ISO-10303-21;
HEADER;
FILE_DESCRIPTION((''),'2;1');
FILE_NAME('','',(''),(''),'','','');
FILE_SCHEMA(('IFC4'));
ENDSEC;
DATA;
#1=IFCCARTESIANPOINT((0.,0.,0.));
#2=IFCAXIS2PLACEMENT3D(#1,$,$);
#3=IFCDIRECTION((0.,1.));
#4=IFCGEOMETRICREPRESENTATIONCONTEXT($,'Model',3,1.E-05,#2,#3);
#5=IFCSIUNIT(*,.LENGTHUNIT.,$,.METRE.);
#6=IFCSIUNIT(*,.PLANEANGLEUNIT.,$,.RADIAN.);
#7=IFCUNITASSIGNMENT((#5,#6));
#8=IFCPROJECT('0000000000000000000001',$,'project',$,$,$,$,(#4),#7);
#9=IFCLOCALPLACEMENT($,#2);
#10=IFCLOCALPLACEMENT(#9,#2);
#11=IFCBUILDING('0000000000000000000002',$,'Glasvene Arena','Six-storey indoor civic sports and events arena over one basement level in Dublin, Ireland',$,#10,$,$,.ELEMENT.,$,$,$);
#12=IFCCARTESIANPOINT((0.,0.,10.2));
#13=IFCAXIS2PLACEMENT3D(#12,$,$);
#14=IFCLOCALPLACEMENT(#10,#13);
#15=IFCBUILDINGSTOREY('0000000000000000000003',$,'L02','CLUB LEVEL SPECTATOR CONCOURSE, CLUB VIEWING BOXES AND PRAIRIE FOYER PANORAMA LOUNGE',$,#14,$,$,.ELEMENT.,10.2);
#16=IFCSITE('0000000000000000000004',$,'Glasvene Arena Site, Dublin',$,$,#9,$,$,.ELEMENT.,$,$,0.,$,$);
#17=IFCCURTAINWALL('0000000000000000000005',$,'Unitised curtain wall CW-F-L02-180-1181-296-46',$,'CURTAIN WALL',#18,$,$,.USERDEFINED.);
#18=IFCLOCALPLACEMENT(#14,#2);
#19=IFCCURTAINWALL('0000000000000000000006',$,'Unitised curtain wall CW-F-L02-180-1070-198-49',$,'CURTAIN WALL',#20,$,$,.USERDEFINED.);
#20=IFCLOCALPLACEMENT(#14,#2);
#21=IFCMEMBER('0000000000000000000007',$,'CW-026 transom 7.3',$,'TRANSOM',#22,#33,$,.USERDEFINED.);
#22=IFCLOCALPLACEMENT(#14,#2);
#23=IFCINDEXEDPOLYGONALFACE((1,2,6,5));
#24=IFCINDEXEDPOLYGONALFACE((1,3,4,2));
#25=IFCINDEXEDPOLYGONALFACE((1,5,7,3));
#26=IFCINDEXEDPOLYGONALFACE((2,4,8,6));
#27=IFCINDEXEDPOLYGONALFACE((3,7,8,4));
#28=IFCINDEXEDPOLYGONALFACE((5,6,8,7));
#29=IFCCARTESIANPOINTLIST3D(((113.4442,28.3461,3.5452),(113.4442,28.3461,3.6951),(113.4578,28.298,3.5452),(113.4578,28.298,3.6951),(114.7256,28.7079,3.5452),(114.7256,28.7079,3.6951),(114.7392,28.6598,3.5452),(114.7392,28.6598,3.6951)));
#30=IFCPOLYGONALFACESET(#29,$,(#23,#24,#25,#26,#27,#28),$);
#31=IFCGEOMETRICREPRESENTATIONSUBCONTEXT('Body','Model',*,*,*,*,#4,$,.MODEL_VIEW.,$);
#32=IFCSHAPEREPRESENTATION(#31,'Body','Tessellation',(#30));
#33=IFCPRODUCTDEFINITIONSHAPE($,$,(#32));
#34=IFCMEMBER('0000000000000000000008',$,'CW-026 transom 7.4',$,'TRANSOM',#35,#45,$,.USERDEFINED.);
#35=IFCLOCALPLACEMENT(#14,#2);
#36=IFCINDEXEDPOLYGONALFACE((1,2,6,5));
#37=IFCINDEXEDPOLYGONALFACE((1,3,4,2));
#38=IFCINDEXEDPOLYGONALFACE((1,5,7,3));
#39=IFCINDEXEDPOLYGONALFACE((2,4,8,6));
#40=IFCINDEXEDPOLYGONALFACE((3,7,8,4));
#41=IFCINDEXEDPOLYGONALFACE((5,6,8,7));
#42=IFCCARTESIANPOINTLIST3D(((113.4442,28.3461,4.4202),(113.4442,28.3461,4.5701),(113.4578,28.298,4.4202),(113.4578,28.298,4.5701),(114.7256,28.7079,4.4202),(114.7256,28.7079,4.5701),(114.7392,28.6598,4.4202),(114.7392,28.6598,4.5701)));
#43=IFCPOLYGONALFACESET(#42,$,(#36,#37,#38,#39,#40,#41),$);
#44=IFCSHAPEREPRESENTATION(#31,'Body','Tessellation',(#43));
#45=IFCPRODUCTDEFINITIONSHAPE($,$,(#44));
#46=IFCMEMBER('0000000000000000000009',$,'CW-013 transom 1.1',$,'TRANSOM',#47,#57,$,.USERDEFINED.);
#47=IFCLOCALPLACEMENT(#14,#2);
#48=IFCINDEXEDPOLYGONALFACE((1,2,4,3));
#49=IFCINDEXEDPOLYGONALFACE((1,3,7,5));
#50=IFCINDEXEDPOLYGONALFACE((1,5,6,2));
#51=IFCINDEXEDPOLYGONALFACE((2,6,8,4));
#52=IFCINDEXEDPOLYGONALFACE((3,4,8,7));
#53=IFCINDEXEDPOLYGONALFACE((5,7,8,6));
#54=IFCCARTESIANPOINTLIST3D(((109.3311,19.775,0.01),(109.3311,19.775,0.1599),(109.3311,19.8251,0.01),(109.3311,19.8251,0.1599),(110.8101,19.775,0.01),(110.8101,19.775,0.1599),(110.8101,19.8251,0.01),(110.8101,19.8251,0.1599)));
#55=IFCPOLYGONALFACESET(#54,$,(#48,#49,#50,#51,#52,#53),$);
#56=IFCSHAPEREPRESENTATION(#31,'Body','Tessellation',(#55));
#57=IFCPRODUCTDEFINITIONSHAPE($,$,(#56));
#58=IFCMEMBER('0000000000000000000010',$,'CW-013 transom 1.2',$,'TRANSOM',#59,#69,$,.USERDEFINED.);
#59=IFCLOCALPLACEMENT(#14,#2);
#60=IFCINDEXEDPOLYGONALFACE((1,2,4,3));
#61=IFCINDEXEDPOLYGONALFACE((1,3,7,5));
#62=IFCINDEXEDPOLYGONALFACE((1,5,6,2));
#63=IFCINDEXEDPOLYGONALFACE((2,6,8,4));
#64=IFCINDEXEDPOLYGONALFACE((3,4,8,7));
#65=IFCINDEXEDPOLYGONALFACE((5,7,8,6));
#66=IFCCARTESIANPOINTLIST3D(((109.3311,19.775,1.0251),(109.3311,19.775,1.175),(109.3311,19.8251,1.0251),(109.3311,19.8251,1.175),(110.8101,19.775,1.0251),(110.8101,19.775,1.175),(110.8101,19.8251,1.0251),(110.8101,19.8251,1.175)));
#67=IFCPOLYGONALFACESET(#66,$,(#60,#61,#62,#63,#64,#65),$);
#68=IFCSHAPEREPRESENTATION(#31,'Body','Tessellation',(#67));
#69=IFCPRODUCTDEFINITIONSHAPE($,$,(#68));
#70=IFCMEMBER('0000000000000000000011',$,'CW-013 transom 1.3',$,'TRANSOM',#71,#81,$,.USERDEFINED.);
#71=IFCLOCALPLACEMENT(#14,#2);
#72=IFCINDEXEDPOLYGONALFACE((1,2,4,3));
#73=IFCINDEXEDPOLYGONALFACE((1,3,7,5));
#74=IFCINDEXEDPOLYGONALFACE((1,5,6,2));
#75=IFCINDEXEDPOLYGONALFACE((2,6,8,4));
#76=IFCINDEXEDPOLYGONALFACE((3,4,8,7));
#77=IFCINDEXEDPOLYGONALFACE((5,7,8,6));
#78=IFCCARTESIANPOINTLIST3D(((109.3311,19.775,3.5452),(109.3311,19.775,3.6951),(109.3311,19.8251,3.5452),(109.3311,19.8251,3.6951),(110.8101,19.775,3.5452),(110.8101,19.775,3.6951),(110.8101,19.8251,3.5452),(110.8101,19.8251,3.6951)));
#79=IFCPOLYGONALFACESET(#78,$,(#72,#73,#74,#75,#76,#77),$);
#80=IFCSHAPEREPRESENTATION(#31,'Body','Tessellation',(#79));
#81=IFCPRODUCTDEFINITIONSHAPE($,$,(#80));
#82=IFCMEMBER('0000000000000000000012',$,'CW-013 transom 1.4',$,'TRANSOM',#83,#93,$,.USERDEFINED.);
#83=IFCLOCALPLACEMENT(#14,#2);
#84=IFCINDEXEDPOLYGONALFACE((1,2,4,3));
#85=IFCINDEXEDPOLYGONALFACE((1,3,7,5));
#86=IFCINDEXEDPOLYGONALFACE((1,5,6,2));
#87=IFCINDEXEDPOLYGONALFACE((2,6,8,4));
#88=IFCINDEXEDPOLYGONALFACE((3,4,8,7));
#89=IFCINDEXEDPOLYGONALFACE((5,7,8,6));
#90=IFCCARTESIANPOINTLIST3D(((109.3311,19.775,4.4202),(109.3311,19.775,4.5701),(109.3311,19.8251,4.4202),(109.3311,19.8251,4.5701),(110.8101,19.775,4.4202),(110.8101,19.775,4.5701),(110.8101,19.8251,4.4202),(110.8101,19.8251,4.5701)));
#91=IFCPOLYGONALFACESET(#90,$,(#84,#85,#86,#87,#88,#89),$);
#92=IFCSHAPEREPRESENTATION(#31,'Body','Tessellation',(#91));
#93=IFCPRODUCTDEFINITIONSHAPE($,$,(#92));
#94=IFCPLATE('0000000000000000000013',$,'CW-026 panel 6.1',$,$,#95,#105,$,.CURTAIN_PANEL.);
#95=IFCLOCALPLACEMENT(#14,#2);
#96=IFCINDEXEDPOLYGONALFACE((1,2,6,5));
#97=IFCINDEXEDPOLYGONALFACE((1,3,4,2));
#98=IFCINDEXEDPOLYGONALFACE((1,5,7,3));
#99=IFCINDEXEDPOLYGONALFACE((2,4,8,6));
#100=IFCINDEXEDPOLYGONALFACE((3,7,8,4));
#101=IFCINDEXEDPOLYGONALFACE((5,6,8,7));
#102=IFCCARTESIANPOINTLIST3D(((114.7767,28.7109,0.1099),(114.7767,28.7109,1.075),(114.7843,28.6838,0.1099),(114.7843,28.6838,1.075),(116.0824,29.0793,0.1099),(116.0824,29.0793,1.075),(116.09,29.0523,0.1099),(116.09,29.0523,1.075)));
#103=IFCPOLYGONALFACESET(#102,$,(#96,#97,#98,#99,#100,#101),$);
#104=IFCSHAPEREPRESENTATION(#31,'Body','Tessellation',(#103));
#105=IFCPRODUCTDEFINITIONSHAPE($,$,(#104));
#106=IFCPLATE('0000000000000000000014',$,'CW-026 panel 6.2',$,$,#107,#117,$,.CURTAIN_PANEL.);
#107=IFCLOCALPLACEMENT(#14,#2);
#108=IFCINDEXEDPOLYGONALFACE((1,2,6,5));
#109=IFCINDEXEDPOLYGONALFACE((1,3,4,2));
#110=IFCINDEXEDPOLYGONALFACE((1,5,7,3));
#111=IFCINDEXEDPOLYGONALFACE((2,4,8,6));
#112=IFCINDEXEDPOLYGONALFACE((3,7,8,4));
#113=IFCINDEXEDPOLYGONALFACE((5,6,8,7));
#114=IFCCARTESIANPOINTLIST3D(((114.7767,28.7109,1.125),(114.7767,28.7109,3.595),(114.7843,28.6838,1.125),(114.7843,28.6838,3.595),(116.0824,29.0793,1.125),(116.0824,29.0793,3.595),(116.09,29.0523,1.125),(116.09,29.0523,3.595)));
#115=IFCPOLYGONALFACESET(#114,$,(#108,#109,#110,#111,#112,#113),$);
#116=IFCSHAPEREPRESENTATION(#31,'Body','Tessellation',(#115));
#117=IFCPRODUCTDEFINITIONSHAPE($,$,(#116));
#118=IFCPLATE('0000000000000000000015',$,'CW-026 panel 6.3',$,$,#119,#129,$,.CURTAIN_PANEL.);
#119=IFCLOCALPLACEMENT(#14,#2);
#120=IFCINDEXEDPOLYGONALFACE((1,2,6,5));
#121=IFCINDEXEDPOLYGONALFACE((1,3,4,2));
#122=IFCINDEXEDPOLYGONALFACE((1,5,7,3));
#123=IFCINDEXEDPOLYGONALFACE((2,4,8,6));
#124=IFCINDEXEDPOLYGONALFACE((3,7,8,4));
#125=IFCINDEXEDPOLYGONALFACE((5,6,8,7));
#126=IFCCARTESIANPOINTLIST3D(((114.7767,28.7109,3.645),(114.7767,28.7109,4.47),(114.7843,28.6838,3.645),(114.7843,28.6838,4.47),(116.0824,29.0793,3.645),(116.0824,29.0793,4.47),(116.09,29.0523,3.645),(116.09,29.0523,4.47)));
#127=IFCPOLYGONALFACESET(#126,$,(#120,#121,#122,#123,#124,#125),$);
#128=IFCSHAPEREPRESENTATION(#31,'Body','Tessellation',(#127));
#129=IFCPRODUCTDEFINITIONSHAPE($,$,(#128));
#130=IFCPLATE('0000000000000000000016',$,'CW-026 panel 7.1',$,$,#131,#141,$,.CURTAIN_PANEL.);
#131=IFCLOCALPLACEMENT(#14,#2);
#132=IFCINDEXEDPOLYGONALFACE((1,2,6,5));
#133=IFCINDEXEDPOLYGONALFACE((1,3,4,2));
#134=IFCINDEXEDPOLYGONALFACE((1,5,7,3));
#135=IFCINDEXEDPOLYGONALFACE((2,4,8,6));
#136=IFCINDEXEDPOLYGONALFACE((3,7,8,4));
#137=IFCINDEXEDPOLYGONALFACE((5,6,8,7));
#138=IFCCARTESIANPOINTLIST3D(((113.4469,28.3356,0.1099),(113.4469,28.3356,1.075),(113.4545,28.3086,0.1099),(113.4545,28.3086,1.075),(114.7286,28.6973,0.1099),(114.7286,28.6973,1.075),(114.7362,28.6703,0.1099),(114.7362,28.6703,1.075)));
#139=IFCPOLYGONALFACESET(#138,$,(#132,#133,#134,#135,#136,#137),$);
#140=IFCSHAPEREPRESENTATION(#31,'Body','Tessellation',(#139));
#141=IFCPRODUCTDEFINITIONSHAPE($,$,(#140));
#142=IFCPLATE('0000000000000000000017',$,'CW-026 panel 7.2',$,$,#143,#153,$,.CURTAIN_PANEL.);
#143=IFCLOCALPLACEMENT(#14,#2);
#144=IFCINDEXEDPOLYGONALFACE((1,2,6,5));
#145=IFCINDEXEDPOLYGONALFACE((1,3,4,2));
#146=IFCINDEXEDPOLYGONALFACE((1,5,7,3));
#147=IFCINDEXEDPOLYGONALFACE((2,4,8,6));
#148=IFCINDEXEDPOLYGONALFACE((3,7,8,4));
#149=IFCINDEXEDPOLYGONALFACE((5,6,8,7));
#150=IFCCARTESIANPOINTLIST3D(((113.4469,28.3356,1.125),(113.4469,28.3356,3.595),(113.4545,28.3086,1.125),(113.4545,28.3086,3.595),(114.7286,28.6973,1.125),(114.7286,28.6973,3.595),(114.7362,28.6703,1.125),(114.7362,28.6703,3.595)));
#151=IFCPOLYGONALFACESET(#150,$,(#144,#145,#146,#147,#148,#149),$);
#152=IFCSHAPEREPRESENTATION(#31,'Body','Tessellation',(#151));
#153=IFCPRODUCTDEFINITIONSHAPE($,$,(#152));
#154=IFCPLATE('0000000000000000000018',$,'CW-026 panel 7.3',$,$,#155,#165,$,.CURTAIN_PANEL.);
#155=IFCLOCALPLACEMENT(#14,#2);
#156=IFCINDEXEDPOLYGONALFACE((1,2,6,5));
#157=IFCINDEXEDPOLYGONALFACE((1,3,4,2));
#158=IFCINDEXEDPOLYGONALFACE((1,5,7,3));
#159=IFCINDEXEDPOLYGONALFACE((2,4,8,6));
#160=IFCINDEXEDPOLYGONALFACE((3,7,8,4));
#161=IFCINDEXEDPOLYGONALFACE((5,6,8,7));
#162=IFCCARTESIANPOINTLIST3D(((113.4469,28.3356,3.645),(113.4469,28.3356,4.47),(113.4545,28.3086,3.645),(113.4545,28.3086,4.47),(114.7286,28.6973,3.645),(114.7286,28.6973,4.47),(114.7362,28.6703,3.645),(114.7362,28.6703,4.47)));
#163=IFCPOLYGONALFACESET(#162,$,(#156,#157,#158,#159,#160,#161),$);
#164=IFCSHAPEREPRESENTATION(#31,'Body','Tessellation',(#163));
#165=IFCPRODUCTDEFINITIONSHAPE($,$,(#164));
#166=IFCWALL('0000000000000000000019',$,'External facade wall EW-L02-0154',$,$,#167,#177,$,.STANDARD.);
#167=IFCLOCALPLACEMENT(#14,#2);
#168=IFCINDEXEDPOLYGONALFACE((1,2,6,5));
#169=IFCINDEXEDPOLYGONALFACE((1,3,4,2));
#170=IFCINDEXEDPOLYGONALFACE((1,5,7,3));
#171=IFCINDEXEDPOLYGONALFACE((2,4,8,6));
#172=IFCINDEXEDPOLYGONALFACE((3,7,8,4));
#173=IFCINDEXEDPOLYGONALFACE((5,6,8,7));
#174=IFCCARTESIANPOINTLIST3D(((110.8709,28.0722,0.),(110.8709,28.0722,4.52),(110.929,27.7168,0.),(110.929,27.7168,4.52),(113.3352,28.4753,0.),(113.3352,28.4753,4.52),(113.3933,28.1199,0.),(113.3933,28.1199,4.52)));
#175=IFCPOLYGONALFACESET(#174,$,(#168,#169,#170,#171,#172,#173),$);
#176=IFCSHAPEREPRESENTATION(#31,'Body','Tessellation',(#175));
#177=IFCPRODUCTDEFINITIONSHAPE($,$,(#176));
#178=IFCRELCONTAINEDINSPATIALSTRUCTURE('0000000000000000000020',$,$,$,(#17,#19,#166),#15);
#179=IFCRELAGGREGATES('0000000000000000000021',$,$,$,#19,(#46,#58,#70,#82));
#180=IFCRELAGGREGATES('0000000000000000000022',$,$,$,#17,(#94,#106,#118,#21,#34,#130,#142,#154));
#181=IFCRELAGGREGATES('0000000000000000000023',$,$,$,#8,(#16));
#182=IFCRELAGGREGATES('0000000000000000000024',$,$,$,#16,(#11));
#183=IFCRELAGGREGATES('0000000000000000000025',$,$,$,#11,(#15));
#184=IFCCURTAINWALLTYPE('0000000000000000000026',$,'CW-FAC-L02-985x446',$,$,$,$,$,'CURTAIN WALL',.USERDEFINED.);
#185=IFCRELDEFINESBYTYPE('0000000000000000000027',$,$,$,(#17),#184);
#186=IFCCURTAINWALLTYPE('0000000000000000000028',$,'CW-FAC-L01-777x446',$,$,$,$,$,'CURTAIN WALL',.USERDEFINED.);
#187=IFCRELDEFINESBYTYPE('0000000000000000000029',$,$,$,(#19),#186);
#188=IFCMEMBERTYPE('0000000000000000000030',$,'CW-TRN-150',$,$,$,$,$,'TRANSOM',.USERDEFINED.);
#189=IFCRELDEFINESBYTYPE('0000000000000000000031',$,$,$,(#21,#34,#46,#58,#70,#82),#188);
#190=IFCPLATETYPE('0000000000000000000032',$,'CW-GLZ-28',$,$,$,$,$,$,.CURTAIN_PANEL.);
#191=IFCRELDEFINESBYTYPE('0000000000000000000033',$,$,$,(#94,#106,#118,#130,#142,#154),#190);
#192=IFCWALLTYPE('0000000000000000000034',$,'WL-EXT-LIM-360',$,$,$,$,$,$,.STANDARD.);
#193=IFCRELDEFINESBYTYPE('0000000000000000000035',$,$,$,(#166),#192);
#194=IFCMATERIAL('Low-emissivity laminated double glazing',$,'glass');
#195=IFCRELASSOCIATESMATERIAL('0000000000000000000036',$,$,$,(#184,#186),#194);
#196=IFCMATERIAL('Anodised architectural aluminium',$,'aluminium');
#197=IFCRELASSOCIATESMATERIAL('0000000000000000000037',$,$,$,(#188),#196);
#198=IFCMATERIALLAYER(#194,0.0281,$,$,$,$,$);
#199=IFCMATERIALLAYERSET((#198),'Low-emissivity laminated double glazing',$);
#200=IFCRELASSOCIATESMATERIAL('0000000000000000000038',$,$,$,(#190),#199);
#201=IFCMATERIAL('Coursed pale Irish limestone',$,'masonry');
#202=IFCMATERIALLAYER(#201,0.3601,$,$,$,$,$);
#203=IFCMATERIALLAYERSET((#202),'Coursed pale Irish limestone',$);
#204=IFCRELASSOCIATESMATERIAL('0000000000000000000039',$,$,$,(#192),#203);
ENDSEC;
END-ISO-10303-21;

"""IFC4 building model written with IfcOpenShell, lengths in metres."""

from ifc_helpers import new_model, si_unit, direction, frame, frame_2d, origin, origin_2d, place, context, subcontext, project, spatial, rectangle, extrude, material, layer, layer_set, material_profile, profile_set, type_object, element, aggregate, save


model = new_model("IFC4")

# Units and contexts
model_context = context("Model", 3, precision=1e-05, world=origin(), true_north=direction((0.0, 1.0)))
body_context = subcontext(model_context, "Body", "Model", "MODEL_VIEW")
ifc_project = project(units=[si_unit("LENGTHUNIT", "METRE"), si_unit("PLANEANGLEUNIT", "RADIAN")], contexts=[model_context])

# Site, building, storey
site_placement = place(None, origin())
site = spatial("IfcSite", under=ifc_project, at=site_placement, Name="Glasvene Arena Site, Dublin", CompositionType="ELEMENT", RefElevation=0.0)
building_placement = place(site_placement, origin())
building = spatial("IfcBuilding", under=site, at=building_placement, Name="Glasvene Arena", Description="Six-storey indoor civic sports and events arena over one basement level in Dublin, Ireland", CompositionType="ELEMENT")
storey_placement = place(building_placement, frame((0.0, 0.0, 10.2)))
storey = spatial("IfcBuildingStorey", under=building, at=storey_placement, Name="L02", Description="CLUB LEVEL SPECTATOR CONCOURSE, CLUB VIEWING BOXES AND PRAIRIE FOYER PANORAMA LOUNGE", CompositionType="ELEMENT", Elevation=10.2)

# Curtain wall
ifc_material_1 = material(Name="Low-emissivity laminated double glazing", Category="glass")
curtain_wall_type_1 = type_object("IfcCurtainWallType", Name="CW-FAC-L02-985x446", ElementType="CURTAIN WALL", PredefinedType="USERDEFINED", material=ifc_material_1)
curtain_wall_1_placement = place(storey_placement, frame((122.8794, 30.9829, 0.0)))
curtain_wall_1 = element("IfcCurtainWall", 1, at=curtain_wall_1_placement, inside=storey, type_object=curtain_wall_type_1, Name="Unitised curtain wall CW-F-L02-180-1181-296-46", ObjectType="CURTAIN WALL", PredefinedType="USERDEFINED")
ifc_material_2 = material(Name="Anodised architectural aluminium", Category="aluminium")

# Curtain wall
curtain_wall_type_2 = type_object("IfcCurtainWallType", Name="CW-FAC-L01-777x446", ElementType="CURTAIN WALL", PredefinedType="USERDEFINED", material=ifc_material_1)
curtain_wall_2_placement = place(storey_placement, frame((110.8601, 19.8, 0.0)))
curtain_wall_2 = element("IfcCurtainWall", 2, at=curtain_wall_2_placement, inside=storey, type_object=curtain_wall_type_2, Name="Unitised curtain wall CW-F-L02-180-1070-198-49", ObjectType="CURTAIN WALL", PredefinedType="USERDEFINED")

# Members
ifc_material_profile_1 = material_profile(ifc_material_2, rectangle(XDim=0.05, YDim=0.1499, at=origin_2d()), Name="ALU TRANSOM 50x150")
ifc_profile_set_1 = profile_set([ifc_material_profile_1], Name="Anodised architectural aluminium")
member_type_1 = type_object("IfcMemberType", Name="CW-TRN-150", ElementType="TRANSOM", PredefinedType="USERDEFINED", material=ifc_profile_set_1)
member_1_placement = place(storey_placement, frame((114.7324, 28.6838, 3.6201), z_axis=(-0.962377, -0.271717, 0.0), x_axis=(0.271717, -0.962377, 0.0)))
member_1 = element("IfcMember", 3, at=member_1_placement, type_object=member_type_1, Name="CW-026 transom 7.3", ObjectType="TRANSOM", PredefinedType="USERDEFINED", context=body_context, shape_type="SweptSolid", body=[
    extrude(rectangle(XDim=0.05, YDim=0.1499, at=origin_2d()), origin(), (0.0, 0.0, 1.0), 1.3315),
])
member_2_placement = place(storey_placement, frame((114.7324, 28.6838, 4.4951), z_axis=(-0.962377, -0.271717, 0.0), x_axis=(0.271717, -0.962377, 0.0)))
member_2 = element("IfcMember", 4, at=member_2_placement, type_object=member_type_1, Name="CW-026 transom 7.4", ObjectType="TRANSOM", PredefinedType="USERDEFINED", context=body_context, shape_type="SweptSolid", body=[
    extrude(rectangle(XDim=0.05, YDim=0.1499, at=origin_2d()), origin(), (0.0, 0.0, 1.0), 1.3315),
])
member_3_placement = place(storey_placement, frame((110.8101, 19.8, 0.085), z_axis=(-1.0, 0.0, 0.0), x_axis=(0.0, -1.0, 0.0)))
member_3 = element("IfcMember", 5, at=member_3_placement, type_object=member_type_1, Name="CW-013 transom 1.1", ObjectType="TRANSOM", PredefinedType="USERDEFINED", context=body_context, shape_type="SweptSolid", body=[
    extrude(rectangle(XDim=0.05, YDim=0.1499, at=origin_2d()), origin(), (0.0, 0.0, 1.0), 1.479),
])
member_4_placement = place(storey_placement, frame((110.8101, 19.8, 1.1001), z_axis=(-1.0, 0.0, 0.0), x_axis=(0.0, -1.0, 0.0)))
member_4 = element("IfcMember", 6, at=member_4_placement, type_object=member_type_1, Name="CW-013 transom 1.2", ObjectType="TRANSOM", PredefinedType="USERDEFINED", context=body_context, shape_type="SweptSolid", body=[
    extrude(rectangle(XDim=0.05, YDim=0.1499, at=origin_2d()), origin(), (0.0, 0.0, 1.0), 1.479),
])
member_5_placement = place(storey_placement, frame((110.8101, 19.8, 3.6201), z_axis=(-1.0, 0.0, 0.0), x_axis=(0.0, -1.0, 0.0)))
member_5 = element("IfcMember", 7, at=member_5_placement, type_object=member_type_1, Name="CW-013 transom 1.3", ObjectType="TRANSOM", PredefinedType="USERDEFINED", context=body_context, shape_type="SweptSolid", body=[
    extrude(rectangle(XDim=0.05, YDim=0.1499, at=origin_2d()), origin(), (0.0, 0.0, 1.0), 1.479),
])
member_6_placement = place(storey_placement, frame((110.8101, 19.8, 4.4951), z_axis=(-1.0, 0.0, 0.0), x_axis=(0.0, -1.0, 0.0)))
member_6 = element("IfcMember", 8, at=member_6_placement, type_object=member_type_1, Name="CW-013 transom 1.4", ObjectType="TRANSOM", PredefinedType="USERDEFINED", context=body_context, shape_type="SweptSolid", body=[
    extrude(rectangle(XDim=0.05, YDim=0.1499, at=origin_2d()), origin(), (0.0, 0.0, 1.0), 1.479),
])
aggregate(curtain_wall_2, [member_3, member_4, member_5, member_6])

# Plates
ifc_layer_1 = layer(ifc_material_1, 0.0281)
ifc_layer_set_1 = layer_set([ifc_layer_1], Name="Low-emissivity laminated double glazing")
plate_type = type_object("IfcPlateType", Name="CW-GLZ-28", PredefinedType="CURTAIN_PANEL", material=ifc_layer_set_1)
plate_1_placement = place(storey_placement, frame((115.4333, 28.8816, 0.1099), z_axis=(0.0, 0.0, 1.0), x_axis=(-0.962411, -0.271597, 0.0)))
plate_1 = element("IfcPlate", 9, at=plate_1_placement, type_object=plate_type, Name="CW-026 panel 6.1", PredefinedType="CURTAIN_PANEL", context=body_context, shape_type="SweptSolid", body=[
    extrude(rectangle(XDim=1.3567, YDim=0.0281, at=origin_2d()), origin(), (0.0, 0.0, 1.0), 0.9651),
])
plate_2_placement = place(storey_placement, frame((115.4333, 28.8816, 1.125), z_axis=(0.0, 0.0, 1.0), x_axis=(-0.962411, -0.271597, 0.0)))
plate_2 = element("IfcPlate", 10, at=plate_2_placement, type_object=plate_type, Name="CW-026 panel 6.2", PredefinedType="CURTAIN_PANEL", context=body_context, shape_type="SweptSolid", body=[
    extrude(rectangle(XDim=1.3567, YDim=0.0281, at=origin_2d()), origin(), (0.0, 0.0, 1.0), 2.47),
])
plate_3_placement = place(storey_placement, frame((115.4333, 28.8816, 3.645), z_axis=(0.0, 0.0, 1.0), x_axis=(-0.962411, -0.271597, 0.0)))
plate_3 = element("IfcPlate", 11, at=plate_3_placement, type_object=plate_type, Name="CW-026 panel 6.3", PredefinedType="CURTAIN_PANEL", context=body_context, shape_type="SweptSolid", body=[
    extrude(rectangle(XDim=1.3567, YDim=0.0281, at=origin_2d()), origin(), (0.0, 0.0, 1.0), 0.825),
])
plate_4_placement = place(storey_placement, frame((114.0916, 28.5029, 0.1099), z_axis=(0.0, 0.0, 1.0), x_axis=(-0.962411, -0.271597, 0.0)))
plate_4 = element("IfcPlate", 12, at=plate_4_placement, type_object=plate_type, Name="CW-026 panel 7.1", PredefinedType="CURTAIN_PANEL", context=body_context, shape_type="SweptSolid", body=[
    extrude(rectangle(XDim=1.3318, YDim=0.0281, at=origin_2d()), origin(), (0.0, 0.0, 1.0), 0.9651),
])
plate_5_placement = place(storey_placement, frame((114.0916, 28.5029, 1.125), z_axis=(0.0, 0.0, 1.0), x_axis=(-0.962411, -0.271597, 0.0)))
plate_5 = element("IfcPlate", 13, at=plate_5_placement, type_object=plate_type, Name="CW-026 panel 7.2", PredefinedType="CURTAIN_PANEL", context=body_context, shape_type="SweptSolid", body=[
    extrude(rectangle(XDim=1.3318, YDim=0.0281, at=origin_2d()), origin(), (0.0, 0.0, 1.0), 2.47),
])
plate_6_placement = place(storey_placement, frame((114.0916, 28.5029, 3.645), z_axis=(0.0, 0.0, 1.0), x_axis=(-0.962411, -0.271597, 0.0)))
plate_6 = element("IfcPlate", 14, at=plate_6_placement, type_object=plate_type, Name="CW-026 panel 7.3", PredefinedType="CURTAIN_PANEL", context=body_context, shape_type="SweptSolid", body=[
    extrude(rectangle(XDim=1.3318, YDim=0.0281, at=origin_2d()), origin(), (0.0, 0.0, 1.0), 0.825),
])
aggregate(curtain_wall_1, [plate_1, plate_2, plate_3, member_1, member_2, plate_4, plate_5, plate_6])

# Wall
ifc_material_3 = material(Name="Coursed pale Irish limestone", Category="masonry")
ifc_layer_2 = layer(ifc_material_3, 0.3601)
ifc_layer_set_2 = layer_set([ifc_layer_2], Name="Coursed pale Irish limestone")
wall_type_1 = type_object("IfcWallType", Name="WL-EXT-LIM-360", PredefinedType="STANDARD", material=ifc_layer_set_2)
wall_1_placement = place(storey_placement, frame((113.3643, 28.2976, 0.0), z_axis=(0.0, 0.0, 1.0), x_axis=(-0.986886, -0.161418, 0.0)))
element("IfcWall", 15, at=wall_1_placement, inside=storey, type_object=wall_type_1, Name="External facade wall EW-L02-0154", PredefinedType="STANDARD", context=body_context, shape_type="SweptSolid", body=[
    extrude(rectangle(XDim=2.4971, YDim=0.3601, at=frame_2d((1.2485, 0.0))), origin(), (0.0, 0.0, 1.0), 4.52),
])

save(model, "model.ifc")
